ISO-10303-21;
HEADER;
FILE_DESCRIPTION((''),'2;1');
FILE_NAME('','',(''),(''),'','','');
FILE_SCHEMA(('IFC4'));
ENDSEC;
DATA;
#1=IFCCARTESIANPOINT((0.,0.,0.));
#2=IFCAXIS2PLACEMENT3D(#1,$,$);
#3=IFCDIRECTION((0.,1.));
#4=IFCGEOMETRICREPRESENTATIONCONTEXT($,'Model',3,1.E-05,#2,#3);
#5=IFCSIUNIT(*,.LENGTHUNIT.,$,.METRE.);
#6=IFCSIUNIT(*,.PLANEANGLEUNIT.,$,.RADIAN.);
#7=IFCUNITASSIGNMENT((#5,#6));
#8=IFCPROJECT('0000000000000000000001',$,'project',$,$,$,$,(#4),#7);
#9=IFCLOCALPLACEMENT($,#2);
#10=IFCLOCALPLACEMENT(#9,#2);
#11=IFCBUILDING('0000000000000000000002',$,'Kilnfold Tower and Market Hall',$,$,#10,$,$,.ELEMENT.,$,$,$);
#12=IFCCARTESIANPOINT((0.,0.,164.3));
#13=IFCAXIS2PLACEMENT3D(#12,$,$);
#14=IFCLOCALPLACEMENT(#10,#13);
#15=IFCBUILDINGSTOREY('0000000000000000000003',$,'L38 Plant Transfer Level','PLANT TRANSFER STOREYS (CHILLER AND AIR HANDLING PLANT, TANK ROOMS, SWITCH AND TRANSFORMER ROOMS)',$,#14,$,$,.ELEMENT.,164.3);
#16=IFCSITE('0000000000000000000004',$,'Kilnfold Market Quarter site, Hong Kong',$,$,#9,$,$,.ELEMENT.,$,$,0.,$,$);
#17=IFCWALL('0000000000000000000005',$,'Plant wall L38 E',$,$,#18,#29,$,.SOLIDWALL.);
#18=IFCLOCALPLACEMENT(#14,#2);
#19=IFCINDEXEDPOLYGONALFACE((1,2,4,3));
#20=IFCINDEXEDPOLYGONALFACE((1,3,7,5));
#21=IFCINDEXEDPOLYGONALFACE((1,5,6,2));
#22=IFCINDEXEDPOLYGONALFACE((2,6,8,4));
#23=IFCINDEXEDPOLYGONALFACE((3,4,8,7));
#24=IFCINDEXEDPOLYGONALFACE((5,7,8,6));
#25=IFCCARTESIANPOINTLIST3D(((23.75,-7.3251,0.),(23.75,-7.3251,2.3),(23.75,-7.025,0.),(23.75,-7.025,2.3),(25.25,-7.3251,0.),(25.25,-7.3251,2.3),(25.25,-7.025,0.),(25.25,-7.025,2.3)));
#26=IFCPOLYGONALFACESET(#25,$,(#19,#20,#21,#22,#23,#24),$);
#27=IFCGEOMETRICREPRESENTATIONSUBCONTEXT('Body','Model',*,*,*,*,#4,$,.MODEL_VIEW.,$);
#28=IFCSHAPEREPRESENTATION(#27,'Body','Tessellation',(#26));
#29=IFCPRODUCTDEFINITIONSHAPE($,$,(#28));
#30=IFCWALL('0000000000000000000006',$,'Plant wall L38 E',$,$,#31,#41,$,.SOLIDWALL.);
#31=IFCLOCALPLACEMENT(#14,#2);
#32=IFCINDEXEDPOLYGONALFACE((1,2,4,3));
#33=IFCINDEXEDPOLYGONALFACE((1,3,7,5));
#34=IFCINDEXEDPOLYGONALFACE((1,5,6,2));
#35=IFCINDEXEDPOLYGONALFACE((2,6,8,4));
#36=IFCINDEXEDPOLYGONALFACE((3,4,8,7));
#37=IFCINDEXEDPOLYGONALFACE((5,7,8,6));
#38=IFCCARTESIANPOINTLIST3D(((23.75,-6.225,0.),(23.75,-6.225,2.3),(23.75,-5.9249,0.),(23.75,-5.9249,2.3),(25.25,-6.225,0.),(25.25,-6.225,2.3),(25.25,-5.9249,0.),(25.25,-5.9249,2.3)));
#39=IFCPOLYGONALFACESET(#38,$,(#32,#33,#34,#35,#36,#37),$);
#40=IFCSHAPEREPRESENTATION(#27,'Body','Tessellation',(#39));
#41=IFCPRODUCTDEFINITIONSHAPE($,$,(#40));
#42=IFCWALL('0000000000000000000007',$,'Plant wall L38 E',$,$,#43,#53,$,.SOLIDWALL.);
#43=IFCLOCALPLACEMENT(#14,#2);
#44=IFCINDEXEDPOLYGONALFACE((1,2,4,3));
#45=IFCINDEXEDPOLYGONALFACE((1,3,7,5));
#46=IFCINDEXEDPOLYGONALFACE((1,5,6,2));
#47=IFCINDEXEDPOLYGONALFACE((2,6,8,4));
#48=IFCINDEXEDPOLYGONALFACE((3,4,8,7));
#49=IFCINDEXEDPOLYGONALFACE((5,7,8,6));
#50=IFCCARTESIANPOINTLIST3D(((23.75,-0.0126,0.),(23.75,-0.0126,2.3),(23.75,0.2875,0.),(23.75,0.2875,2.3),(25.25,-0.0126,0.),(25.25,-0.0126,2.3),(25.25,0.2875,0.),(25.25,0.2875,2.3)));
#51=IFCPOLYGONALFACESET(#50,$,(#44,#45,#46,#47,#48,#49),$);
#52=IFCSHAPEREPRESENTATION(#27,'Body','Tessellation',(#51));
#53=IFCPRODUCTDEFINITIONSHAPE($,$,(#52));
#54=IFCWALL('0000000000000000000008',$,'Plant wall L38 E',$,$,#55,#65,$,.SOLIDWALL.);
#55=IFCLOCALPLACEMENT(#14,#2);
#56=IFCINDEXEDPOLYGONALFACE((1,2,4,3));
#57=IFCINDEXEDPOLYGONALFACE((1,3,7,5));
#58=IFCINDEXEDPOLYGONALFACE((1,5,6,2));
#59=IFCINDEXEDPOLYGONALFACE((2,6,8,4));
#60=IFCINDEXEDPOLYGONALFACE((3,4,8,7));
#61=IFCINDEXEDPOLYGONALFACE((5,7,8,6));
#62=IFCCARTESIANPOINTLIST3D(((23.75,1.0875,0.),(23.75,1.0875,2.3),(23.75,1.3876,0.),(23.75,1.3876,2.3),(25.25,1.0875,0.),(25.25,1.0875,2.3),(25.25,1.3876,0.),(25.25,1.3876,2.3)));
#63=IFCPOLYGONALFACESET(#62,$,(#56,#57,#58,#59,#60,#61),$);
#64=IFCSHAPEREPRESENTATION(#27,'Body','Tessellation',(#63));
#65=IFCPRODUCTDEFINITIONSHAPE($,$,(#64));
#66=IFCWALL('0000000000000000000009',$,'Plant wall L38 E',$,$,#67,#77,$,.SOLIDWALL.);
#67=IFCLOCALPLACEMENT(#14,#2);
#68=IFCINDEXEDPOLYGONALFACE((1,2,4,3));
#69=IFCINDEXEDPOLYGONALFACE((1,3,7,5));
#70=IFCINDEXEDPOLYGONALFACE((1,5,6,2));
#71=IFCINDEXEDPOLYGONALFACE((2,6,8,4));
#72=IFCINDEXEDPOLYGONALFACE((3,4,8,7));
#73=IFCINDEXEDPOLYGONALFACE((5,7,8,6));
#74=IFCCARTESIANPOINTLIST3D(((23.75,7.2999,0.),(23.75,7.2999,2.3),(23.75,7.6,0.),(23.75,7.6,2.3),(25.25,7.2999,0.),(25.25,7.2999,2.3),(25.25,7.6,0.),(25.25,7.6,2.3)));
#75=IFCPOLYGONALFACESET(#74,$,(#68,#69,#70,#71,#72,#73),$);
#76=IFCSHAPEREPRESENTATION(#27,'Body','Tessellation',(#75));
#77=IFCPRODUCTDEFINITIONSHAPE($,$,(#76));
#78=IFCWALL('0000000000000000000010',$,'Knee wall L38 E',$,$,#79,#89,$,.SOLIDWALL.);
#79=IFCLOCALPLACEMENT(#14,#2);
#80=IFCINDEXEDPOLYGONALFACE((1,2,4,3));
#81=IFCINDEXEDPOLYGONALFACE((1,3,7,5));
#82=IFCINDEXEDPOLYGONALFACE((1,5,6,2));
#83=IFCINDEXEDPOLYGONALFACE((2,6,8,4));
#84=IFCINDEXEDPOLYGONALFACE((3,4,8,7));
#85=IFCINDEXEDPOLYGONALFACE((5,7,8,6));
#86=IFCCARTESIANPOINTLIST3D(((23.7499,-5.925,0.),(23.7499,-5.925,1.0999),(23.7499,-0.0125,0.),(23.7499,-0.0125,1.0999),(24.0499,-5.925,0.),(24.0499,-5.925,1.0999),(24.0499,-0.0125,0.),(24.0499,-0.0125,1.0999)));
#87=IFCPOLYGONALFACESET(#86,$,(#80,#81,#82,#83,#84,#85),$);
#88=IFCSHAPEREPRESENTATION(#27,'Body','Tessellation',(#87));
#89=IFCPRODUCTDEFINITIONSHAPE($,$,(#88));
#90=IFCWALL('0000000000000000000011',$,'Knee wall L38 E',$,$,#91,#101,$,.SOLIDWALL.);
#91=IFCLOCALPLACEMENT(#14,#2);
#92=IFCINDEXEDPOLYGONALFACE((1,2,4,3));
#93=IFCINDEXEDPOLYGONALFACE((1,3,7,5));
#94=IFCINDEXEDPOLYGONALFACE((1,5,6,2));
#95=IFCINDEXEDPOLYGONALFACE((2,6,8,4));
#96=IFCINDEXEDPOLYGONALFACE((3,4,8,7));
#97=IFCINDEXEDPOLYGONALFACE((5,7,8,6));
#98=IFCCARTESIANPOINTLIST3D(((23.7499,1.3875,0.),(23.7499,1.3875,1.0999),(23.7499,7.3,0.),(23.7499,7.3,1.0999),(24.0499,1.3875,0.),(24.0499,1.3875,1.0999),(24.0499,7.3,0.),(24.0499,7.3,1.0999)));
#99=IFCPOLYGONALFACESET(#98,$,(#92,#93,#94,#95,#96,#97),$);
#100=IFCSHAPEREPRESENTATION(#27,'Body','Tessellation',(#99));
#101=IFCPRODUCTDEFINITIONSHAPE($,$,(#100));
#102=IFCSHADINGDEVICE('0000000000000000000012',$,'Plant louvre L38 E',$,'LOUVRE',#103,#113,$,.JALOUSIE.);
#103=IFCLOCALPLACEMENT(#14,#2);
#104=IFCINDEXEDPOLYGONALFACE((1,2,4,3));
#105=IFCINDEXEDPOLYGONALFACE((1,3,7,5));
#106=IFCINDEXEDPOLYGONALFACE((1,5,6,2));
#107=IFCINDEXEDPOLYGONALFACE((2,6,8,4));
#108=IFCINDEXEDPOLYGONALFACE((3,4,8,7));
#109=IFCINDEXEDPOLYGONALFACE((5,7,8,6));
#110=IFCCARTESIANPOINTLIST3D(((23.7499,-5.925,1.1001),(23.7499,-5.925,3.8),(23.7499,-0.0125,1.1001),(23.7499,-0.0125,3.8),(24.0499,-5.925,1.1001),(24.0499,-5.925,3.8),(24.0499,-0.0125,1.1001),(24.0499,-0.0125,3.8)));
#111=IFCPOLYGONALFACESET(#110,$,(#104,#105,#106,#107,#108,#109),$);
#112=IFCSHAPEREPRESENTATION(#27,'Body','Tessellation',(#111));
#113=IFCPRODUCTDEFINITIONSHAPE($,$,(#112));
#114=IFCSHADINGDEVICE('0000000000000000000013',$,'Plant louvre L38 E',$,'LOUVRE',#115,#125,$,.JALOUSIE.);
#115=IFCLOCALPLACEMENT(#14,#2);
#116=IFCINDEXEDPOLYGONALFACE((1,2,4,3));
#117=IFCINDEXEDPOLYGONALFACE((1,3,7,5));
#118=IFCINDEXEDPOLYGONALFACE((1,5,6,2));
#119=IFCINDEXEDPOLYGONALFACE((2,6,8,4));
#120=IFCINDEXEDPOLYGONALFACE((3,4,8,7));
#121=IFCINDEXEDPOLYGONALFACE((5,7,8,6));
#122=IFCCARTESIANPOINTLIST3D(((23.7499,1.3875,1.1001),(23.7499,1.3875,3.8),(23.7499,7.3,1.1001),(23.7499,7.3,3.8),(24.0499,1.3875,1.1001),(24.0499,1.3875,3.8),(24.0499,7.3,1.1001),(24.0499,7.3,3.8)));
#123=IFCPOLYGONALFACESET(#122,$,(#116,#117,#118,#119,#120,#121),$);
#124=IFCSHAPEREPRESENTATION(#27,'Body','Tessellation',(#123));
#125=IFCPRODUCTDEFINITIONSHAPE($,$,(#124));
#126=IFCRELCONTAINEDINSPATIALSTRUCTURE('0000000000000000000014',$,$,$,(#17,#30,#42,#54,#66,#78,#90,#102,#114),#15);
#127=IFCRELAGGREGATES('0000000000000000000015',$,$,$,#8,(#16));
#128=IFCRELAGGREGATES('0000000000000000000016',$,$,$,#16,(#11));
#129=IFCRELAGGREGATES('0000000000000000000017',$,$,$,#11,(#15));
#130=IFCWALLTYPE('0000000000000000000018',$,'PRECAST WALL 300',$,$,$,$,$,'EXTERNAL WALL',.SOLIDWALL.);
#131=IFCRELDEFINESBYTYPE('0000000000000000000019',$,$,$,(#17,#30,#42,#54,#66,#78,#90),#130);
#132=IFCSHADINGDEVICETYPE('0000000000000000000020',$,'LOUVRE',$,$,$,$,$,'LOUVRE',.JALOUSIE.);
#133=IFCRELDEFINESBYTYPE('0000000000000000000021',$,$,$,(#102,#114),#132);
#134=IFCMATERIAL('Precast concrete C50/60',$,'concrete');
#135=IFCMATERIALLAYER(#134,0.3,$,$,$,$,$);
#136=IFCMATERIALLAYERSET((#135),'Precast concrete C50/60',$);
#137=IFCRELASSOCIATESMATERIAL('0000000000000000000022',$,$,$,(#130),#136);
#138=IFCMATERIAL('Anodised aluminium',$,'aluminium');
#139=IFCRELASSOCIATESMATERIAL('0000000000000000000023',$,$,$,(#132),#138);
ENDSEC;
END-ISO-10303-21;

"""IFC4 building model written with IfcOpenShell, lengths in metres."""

from ifc_helpers import new_model, si_unit, direction, frame, frame_2d, origin, origin_2d, place, context, subcontext, project, spatial, rectangle, extrude, source, transform, mapped, material, layer, layer_set, type_object, element, save


model = new_model("IFC4")

# Units and contexts
model_context = context("Model", 3, precision=1e-05, world=origin(), true_north=direction((0.0, 1.0)))
body_context = subcontext(model_context, "Body", "Model", "MODEL_VIEW")
ifc_project = project(units=[si_unit("LENGTHUNIT", "METRE"), si_unit("PLANEANGLEUNIT", "RADIAN")], contexts=[model_context])

# Site, building, storey
site_placement = place(None, origin())
site = spatial("IfcSite", under=ifc_project, at=site_placement, Name="Kilnfold Market Quarter site, Hong Kong", CompositionType="ELEMENT", RefElevation=0.0)
building_placement = place(site_placement, origin())
building = spatial("IfcBuilding", under=site, at=building_placement, Name="Kilnfold Tower and Market Hall", CompositionType="ELEMENT")
storey_placement = place(building_placement, frame((0.0, 0.0, 164.3)))
storey = spatial("IfcBuildingStorey", under=building, at=storey_placement, Name="L38 Plant Transfer Level", Description="PLANT TRANSFER STOREYS (CHILLER AND AIR HANDLING PLANT, TANK ROOMS, SWITCH AND TRANSFORMER ROOMS)", CompositionType="ELEMENT", Elevation=164.3)

# Walls
ifc_material_1 = material(Name="Precast concrete C50/60", Category="concrete")
ifc_layer_1 = layer(ifc_material_1, 0.3)
ifc_layer_set_1 = layer_set([ifc_layer_1], Name="Precast concrete C50/60")
wall_type_1 = type_object("IfcWallType", Name="PRECAST WALL 300", ElementType="EXTERNAL WALL", PredefinedType="SOLIDWALL", material=ifc_layer_set_1)
shared_shape_1 = source(origin(), body_context, "Body", "SweptSolid", [
    extrude(rectangle(XDim=1.5, YDim=0.3, at=frame_2d((0.75, 0.0))), origin(), (0.0, 0.0, 1.0), 2.3),
])
for number, where, z_axis, x_axis, name in (
    (1, (25.25, -7.175, 0.0), (0.0, 0.0, 1.0), (-1.0, 0.0, 0.0), "Plant wall L38 E"),
    (2, (25.25, -6.075, 0.0), (0.0, 0.0, 1.0), (-1.0, 0.0, 0.0), "Plant wall L38 E"),
    (3, (25.25, 0.1375, 0.0), (0.0, 0.0, 1.0), (-1.0, 0.0, 0.0), "Plant wall L38 E"),
    (4, (25.25, 1.2375, 0.0), (0.0, 0.0, 1.0), (-1.0, 0.0, 0.0), "Plant wall L38 E"),
    (5, (25.25, 7.45, 0.0), (0.0, 0.0, 1.0), (-1.0, 0.0, 0.0), "Plant wall L38 E"),
):
    element("IfcWall", number, at=place(storey_placement, frame(where, z_axis=z_axis, x_axis=x_axis)), inside=storey, type_object=wall_type_1, Name=name, PredefinedType="SOLIDWALL", context=body_context, shape_type="MappedRepresentation", body=[
        mapped(shared_shape_1, transform((0.0, 0.0, 0.0))),
    ])
shared_shape_2 = source(origin(), body_context, "Body", "SweptSolid", [
    extrude(rectangle(XDim=5.9126, YDim=0.3, at=frame_2d((2.9563, 0.0))), origin(), (0.0, 0.0, 1.0), 1.0999),
])
for number, where, z_axis, x_axis, name in (
    (6, (23.8999, -5.925, 0.0), (0.0, 0.0, 1.0), (0.0, 1.0, 0.0), "Knee wall L38 E"),
    (7, (23.8999, 1.3875, 0.0), (0.0, 0.0, 1.0), (0.0, 1.0, 0.0), "Knee wall L38 E"),
):
    element("IfcWall", number, at=place(storey_placement, frame(where, z_axis=z_axis, x_axis=x_axis)), inside=storey, type_object=wall_type_1, Name=name, PredefinedType="SOLIDWALL", context=body_context, shape_type="MappedRepresentation", body=[
        mapped(shared_shape_2, transform((0.0, 0.0, 0.0))),
    ])

# Shading devices
ifc_material_2 = material(Name="Anodised aluminium", Category="aluminium")
shading_device_type = type_object("IfcShadingDeviceType", Name="LOUVRE", ElementType="LOUVRE", PredefinedType="JALOUSIE", material=ifc_material_2)
shared_shape_3 = source(origin(), body_context, "Body", "SweptSolid", [
    extrude(rectangle(XDim=5.9126, YDim=0.3, at=origin_2d()), origin(), (0.0, 0.0, 1.0), 2.7),
])
for number, where, z_axis, x_axis, name in (
    (8, (23.8999, -2.9688, 1.1001), (0.0, 0.0, 1.0), (0.0, 1.0, 0.0), "Plant louvre L38 E"),
    (9, (23.8999, 4.3438, 1.1001), (0.0, 0.0, 1.0), (0.0, 1.0, 0.0), "Plant louvre L38 E"),
):
    element("IfcShadingDevice", number, at=place(storey_placement, frame(where, z_axis=z_axis, x_axis=x_axis)), inside=storey, type_object=shading_device_type, Name=name, ObjectType="LOUVRE", PredefinedType="JALOUSIE", context=body_context, shape_type="MappedRepresentation", body=[
        mapped(shared_shape_3, transform((0.0, 0.0, 0.0))),
    ])

save(model, "model.ifc")
